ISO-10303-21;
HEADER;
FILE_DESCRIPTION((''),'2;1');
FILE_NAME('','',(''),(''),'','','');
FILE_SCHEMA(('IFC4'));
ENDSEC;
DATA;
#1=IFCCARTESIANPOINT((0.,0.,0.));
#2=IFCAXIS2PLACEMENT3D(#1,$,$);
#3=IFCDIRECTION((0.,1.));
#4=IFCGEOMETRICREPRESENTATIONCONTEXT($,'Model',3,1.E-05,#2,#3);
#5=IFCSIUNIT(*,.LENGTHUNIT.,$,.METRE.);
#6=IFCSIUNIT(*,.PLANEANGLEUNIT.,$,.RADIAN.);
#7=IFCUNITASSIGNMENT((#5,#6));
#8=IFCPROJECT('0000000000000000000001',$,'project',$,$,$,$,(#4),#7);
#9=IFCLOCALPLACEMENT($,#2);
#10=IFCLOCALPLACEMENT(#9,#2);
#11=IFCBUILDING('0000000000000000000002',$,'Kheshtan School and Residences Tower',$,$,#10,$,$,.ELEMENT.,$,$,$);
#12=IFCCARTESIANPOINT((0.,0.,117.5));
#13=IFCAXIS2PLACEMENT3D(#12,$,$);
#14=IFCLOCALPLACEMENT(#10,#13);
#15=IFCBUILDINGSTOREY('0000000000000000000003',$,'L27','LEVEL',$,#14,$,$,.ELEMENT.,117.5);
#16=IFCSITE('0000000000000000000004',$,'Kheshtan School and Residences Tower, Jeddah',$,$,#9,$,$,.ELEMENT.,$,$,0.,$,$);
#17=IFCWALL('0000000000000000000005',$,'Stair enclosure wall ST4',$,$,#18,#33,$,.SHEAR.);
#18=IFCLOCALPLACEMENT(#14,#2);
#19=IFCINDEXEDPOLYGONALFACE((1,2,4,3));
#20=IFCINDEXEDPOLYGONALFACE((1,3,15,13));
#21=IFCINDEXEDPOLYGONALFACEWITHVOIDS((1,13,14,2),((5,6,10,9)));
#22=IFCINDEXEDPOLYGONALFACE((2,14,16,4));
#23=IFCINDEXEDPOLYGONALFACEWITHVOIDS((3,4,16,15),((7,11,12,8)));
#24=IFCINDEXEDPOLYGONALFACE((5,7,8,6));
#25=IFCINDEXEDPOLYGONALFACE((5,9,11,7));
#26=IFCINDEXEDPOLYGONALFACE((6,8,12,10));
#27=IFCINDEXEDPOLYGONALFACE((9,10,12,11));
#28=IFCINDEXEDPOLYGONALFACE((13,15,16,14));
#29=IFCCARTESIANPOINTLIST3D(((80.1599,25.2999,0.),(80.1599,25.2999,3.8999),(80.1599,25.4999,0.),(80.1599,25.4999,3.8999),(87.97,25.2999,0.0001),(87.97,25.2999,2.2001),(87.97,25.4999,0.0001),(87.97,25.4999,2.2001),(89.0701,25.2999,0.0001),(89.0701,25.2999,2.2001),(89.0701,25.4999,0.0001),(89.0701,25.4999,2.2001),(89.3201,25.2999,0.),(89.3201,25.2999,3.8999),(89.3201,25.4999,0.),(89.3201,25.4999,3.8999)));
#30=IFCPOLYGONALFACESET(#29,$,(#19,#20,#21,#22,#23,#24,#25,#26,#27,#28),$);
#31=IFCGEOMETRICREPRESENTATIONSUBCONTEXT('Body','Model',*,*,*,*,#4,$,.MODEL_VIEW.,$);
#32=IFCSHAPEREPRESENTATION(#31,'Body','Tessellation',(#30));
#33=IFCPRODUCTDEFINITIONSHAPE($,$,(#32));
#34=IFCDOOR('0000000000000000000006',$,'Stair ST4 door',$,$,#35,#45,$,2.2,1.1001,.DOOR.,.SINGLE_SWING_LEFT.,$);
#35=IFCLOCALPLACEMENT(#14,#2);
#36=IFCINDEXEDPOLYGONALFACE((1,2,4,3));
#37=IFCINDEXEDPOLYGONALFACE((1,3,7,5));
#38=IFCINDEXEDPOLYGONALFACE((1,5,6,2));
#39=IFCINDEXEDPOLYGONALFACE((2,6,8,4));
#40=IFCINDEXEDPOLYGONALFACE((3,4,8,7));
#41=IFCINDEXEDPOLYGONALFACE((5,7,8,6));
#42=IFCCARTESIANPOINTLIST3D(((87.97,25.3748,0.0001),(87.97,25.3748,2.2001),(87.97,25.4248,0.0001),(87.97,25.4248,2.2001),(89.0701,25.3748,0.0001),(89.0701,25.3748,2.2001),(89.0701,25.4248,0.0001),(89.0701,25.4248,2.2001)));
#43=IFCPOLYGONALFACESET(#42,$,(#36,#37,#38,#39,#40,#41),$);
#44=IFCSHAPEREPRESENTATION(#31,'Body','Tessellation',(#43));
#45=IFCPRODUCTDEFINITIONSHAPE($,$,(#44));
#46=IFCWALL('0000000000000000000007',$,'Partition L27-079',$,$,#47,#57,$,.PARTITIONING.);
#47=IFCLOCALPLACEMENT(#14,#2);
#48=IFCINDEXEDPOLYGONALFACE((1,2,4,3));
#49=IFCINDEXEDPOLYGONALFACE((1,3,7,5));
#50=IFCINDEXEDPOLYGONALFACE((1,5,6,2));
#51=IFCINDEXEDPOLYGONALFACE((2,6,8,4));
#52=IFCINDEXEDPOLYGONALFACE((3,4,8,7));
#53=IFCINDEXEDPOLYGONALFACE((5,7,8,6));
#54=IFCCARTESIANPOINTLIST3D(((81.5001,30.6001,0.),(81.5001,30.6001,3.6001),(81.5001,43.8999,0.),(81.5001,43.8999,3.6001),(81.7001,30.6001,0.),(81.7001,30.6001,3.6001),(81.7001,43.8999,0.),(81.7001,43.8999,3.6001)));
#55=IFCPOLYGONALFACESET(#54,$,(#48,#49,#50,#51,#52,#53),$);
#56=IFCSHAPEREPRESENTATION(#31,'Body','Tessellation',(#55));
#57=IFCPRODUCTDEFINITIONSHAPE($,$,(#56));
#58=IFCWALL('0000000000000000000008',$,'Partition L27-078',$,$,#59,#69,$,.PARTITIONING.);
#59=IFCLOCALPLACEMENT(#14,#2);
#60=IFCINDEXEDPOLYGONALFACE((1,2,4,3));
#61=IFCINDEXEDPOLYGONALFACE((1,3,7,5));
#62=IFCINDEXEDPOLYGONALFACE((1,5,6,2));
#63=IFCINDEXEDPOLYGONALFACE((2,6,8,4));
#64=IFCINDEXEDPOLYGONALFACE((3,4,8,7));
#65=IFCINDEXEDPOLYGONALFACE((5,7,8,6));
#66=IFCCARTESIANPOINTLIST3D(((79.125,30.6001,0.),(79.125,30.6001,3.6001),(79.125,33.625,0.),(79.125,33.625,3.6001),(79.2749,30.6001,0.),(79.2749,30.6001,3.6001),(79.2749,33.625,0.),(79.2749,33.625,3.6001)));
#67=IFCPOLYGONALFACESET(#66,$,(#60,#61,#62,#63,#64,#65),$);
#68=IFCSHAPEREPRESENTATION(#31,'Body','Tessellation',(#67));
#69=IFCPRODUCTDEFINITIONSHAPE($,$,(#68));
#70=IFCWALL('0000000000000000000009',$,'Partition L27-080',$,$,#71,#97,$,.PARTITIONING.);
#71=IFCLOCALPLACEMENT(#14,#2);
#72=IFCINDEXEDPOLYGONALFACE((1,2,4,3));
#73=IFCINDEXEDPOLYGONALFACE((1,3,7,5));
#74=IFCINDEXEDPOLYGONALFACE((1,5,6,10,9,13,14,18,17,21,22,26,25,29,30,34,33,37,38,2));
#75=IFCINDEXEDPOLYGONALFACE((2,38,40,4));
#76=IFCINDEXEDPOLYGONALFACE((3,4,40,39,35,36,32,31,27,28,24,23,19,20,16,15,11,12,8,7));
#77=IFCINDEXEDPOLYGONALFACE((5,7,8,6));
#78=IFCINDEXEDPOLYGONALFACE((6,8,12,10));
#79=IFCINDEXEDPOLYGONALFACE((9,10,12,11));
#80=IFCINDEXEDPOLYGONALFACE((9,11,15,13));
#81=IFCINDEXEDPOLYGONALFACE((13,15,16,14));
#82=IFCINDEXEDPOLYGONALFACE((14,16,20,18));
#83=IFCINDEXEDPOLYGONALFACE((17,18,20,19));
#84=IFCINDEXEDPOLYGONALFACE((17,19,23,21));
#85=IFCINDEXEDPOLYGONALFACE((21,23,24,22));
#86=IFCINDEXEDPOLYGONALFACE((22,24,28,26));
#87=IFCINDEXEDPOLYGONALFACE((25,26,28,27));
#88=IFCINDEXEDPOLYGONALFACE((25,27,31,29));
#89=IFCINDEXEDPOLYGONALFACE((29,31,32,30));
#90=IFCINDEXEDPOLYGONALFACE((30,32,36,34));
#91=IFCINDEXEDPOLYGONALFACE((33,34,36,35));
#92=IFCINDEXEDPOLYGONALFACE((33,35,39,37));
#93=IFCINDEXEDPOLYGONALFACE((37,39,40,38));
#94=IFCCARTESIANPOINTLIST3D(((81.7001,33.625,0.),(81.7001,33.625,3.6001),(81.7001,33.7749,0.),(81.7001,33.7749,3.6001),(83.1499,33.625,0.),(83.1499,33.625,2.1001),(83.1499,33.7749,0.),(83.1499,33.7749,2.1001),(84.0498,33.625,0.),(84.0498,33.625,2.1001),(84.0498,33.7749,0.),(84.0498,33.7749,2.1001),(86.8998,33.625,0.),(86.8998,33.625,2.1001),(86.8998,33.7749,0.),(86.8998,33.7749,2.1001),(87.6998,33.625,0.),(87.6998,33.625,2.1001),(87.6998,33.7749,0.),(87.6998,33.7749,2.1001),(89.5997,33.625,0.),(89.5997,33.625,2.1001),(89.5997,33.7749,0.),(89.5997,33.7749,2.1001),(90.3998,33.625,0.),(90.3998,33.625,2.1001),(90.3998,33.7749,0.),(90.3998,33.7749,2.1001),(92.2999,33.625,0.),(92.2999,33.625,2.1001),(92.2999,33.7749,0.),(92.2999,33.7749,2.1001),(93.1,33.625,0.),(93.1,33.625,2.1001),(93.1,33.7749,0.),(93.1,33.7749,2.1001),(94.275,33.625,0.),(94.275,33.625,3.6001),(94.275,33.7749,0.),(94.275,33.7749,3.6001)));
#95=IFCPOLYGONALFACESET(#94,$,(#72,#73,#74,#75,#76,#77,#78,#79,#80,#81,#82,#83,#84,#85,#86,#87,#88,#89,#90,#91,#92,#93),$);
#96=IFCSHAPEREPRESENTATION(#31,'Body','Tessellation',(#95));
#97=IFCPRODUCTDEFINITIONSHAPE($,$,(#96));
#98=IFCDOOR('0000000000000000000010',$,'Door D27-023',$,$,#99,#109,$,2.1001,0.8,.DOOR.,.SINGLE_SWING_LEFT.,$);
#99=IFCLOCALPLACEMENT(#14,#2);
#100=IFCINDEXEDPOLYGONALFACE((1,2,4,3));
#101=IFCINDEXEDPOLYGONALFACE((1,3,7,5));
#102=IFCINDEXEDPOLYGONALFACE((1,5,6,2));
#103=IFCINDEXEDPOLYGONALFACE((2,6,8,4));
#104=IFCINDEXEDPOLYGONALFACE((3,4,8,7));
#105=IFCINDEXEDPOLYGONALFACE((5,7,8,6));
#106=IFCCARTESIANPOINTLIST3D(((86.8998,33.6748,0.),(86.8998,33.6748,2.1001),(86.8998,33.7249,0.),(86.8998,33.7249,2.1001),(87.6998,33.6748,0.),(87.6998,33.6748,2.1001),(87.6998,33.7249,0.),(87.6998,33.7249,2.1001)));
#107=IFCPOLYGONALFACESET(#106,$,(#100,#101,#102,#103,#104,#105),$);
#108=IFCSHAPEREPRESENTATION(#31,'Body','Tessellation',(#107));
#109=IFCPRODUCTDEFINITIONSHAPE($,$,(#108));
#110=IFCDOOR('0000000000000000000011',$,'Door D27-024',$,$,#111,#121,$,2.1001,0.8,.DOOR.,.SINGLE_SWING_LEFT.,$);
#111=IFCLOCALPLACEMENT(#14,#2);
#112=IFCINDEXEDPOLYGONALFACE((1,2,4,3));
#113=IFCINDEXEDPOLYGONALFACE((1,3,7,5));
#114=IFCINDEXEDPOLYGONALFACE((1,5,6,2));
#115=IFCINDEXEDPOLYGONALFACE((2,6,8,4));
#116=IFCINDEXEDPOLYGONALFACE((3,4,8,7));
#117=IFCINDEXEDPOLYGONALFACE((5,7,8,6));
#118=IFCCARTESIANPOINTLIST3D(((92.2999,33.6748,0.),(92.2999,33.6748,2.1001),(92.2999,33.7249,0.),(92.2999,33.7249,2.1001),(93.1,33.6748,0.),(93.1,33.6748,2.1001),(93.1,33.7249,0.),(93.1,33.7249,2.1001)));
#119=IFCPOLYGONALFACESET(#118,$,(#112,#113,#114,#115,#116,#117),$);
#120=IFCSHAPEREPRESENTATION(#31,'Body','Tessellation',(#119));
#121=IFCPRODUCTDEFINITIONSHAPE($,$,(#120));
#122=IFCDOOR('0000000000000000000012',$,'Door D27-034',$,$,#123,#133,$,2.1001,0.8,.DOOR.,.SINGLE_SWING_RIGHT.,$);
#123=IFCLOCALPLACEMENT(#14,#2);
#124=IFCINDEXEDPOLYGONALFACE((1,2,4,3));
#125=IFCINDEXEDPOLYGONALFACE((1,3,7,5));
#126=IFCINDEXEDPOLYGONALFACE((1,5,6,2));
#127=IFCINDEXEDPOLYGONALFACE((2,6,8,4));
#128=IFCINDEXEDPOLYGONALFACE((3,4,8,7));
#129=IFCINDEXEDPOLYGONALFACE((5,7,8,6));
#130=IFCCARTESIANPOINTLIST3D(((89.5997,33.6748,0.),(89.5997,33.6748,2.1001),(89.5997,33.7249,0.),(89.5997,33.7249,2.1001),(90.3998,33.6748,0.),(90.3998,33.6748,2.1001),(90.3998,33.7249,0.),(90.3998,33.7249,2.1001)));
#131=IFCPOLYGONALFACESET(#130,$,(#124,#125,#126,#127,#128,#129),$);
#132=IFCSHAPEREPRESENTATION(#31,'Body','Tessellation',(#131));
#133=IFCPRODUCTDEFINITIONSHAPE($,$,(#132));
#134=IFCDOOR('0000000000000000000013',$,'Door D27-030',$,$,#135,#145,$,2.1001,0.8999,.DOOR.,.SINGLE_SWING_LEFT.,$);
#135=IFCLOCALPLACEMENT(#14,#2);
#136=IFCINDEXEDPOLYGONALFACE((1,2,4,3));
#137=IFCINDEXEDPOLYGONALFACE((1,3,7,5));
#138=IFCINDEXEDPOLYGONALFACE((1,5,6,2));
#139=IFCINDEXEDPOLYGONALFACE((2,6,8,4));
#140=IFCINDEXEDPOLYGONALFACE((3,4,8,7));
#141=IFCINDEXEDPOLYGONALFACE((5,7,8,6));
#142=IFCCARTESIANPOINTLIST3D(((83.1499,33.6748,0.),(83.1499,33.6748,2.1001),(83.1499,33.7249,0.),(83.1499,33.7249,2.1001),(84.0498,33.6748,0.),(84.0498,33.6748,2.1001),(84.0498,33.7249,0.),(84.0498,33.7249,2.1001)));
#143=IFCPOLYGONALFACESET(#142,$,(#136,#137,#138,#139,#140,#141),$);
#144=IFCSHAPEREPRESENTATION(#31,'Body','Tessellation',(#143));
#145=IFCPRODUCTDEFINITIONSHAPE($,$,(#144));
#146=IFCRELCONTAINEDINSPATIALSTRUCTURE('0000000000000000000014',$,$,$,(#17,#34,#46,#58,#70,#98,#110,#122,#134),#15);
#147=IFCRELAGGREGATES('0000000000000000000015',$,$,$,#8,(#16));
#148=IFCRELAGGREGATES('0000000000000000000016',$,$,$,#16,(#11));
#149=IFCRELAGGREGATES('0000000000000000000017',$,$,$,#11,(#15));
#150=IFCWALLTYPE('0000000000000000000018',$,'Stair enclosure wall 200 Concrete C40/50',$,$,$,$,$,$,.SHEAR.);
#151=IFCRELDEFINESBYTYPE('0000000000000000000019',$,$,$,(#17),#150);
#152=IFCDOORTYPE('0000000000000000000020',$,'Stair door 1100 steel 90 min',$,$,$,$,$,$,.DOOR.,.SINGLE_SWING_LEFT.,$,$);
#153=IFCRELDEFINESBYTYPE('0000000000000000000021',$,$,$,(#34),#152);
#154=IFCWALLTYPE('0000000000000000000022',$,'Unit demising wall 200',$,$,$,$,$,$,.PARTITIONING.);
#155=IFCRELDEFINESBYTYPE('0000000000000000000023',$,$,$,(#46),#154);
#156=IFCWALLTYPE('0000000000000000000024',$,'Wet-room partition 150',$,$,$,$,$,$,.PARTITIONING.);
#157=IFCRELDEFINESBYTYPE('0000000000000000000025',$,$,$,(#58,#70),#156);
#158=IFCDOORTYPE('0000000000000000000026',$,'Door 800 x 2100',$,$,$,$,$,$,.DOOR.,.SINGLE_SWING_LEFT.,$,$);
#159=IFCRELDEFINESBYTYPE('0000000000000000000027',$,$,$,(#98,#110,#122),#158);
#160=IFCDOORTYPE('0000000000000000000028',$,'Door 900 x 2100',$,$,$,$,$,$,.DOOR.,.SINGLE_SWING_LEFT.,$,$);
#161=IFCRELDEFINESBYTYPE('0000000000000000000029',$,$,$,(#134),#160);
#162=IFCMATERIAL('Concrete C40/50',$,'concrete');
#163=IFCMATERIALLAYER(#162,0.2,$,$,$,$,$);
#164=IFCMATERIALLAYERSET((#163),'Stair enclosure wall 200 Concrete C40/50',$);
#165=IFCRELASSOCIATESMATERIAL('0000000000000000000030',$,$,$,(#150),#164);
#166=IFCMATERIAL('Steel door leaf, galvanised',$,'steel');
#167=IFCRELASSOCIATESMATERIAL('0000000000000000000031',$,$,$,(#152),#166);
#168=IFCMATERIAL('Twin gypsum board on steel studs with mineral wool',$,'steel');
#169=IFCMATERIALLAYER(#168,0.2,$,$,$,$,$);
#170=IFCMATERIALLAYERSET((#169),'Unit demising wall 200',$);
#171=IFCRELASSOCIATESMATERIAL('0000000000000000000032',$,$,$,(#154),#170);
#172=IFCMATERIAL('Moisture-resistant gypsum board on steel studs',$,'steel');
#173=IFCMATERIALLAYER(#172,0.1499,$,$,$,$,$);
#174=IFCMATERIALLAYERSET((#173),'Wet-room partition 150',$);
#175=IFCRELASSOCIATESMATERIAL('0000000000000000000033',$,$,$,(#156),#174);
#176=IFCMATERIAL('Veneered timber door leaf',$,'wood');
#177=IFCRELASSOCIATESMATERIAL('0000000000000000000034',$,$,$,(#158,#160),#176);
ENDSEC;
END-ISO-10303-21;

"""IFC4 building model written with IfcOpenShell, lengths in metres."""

from ifc_helpers import new_model, si_unit, direction, frame, frame_2d, origin, place, context, subcontext, project, spatial, rectangle, extrude, source, transform, mapped, material, layer, layer_set, type_object, element, fill, save


model = new_model("IFC4")

# Units and contexts
model_context = context("Model", 3, precision=1e-05, world=origin(), true_north=direction((0.0, 1.0)))
body_context = subcontext(model_context, "Body", "Model", "MODEL_VIEW")
ifc_project = project(units=[si_unit("LENGTHUNIT", "METRE"), si_unit("PLANEANGLEUNIT", "RADIAN")], contexts=[model_context])

# Site, building, storey
site_placement = place(None, origin())
site = spatial("IfcSite", under=ifc_project, at=site_placement, Name="Kheshtan School and Residences Tower, Jeddah", CompositionType="ELEMENT", RefElevation=0.0)
building_placement = place(site_placement, origin())
building = spatial("IfcBuilding", under=site, at=building_placement, Name="Kheshtan School and Residences Tower", CompositionType="ELEMENT")
storey_placement = place(building_placement, frame((0.0, 0.0, 117.5)))
storey = spatial("IfcBuildingStorey", under=building, at=storey_placement, Name="L27", Description="LEVEL", CompositionType="ELEMENT", Elevation=117.5)

# Shared definitions
ifc_material_1 = material(Name="Steel door leaf, galvanised", Category="steel")

# Wall, opening, door
ifc_material_2 = material(Name="Concrete C40/50", Category="concrete")
ifc_layer_1 = layer(ifc_material_2, 0.2)
ifc_layer_set_1 = layer_set([ifc_layer_1], Name="Stair enclosure wall 200 Concrete C40/50")
wall_type_1 = type_object("IfcWallType", Name="Stair enclosure wall 200 Concrete C40/50", PredefinedType="SHEAR", material=ifc_layer_set_1)
wall_1_placement = place(storey_placement, frame((80.1599, 25.3999, 0.0), z_axis=(0.0, 0.0, 1.0), x_axis=(1.0, 0.0, 0.0)))
wall_1 = element("IfcWall", 1, at=wall_1_placement, inside=storey, type_object=wall_type_1, Name="Stair enclosure wall ST4", PredefinedType="SHEAR", context=body_context, shape_type="SweptSolid", body=[
    extrude(rectangle(XDim=9.1602, YDim=0.2, at=frame_2d((4.5801, 0.0))), origin(), (0.0, 0.0, 1.0), 3.8999),
])
opening_1_placement = place(wall_1_placement, frame((7.8101, 0.0, 0.0)))
opening_1 = element("IfcOpeningElement", 2, at=opening_1_placement, cuts=wall_1, PredefinedType="OPENING", context=body_context, shape_type="SweptSolid", body=[
    extrude(rectangle(XDim=1.1001, YDim=2.2, at=frame_2d((0.55, 1.1001))), frame((0.0, 0.1099, 0.0), z_axis=(0.0, -1.0, 0.0), x_axis=(1.0, 0.0, 0.0)), (0.0, 0.0, 1.0), 0.22),
])
door_type_1 = type_object("IfcDoorType", Name="Stair door 1100 steel 90 min", OperationType="SINGLE_SWING_LEFT", PredefinedType="DOOR", material=ifc_material_1)
shared_shape_1 = source(origin(), body_context, "Body", "SweptSolid", [
    extrude(rectangle(XDim=1.1001, YDim=2.2, at=frame_2d((0.55, 1.1001))), frame((0.0, 0.0249, 0.0), z_axis=(0.0, -1.0, 0.0), x_axis=(1.0, 0.0, 0.0)), (0.0, 0.0, 1.0), 0.05),
])
door_1_placement = place(opening_1_placement, origin())
door_1 = element("IfcDoor", 3, at=door_1_placement, inside=storey, type_object=door_type_1, Name="Stair ST4 door", OperationType="SINGLE_SWING_LEFT", OverallHeight=2.2, OverallWidth=1.1001, PredefinedType="DOOR", context=body_context, shape_type="MappedRepresentation", body=[
    mapped(shared_shape_1, transform((0.0, 0.0, 0.0), x_axis=(1.0, 0.0, 0.0), y_axis=(0.0, 1.0, 0.0), z_axis=(0.0, 0.0, 1.0), scale=1.0)),
])
fill(opening_1, door_1)

# Walls
ifc_material_3 = material(Name="Twin gypsum board on steel studs with mineral wool", Category="steel")
ifc_layer_2 = layer(ifc_material_3, 0.2)
ifc_layer_set_2 = layer_set([ifc_layer_2], Name="Unit demising wall 200")
wall_type_2 = type_object("IfcWallType", Name="Unit demising wall 200", PredefinedType="PARTITIONING", material=ifc_layer_set_2)
wall_2_placement = place(storey_placement, frame((81.6001, 30.6001, 0.0), z_axis=(0.0, 0.0, 1.0), x_axis=(0.0, 1.0, 0.0)))
element("IfcWall", 4, at=wall_2_placement, inside=storey, type_object=wall_type_2, Name="Partition L27-079", PredefinedType="PARTITIONING", context=body_context, shape_type="SweptSolid", body=[
    extrude(rectangle(XDim=13.2998, YDim=0.2, at=frame_2d((6.6499, 0.0))), origin(), (0.0, 0.0, 1.0), 3.6001),
])
ifc_material_4 = material(Name="Moisture-resistant gypsum board on steel studs", Category="steel")
ifc_layer_3 = layer(ifc_material_4, 0.1499)
ifc_layer_set_3 = layer_set([ifc_layer_3], Name="Wet-room partition 150")
wall_type_3 = type_object("IfcWallType", Name="Wet-room partition 150", PredefinedType="PARTITIONING", material=ifc_layer_set_3)
wall_3_placement = place(storey_placement, frame((79.2, 30.6001, 0.0), z_axis=(0.0, 0.0, 1.0), x_axis=(0.0, 1.0, 0.0)))
element("IfcWall", 5, at=wall_3_placement, inside=storey, type_object=wall_type_3, Name="Partition L27-078", PredefinedType="PARTITIONING", context=body_context, shape_type="SweptSolid", body=[
    extrude(rectangle(XDim=3.0249, YDim=0.1499, at=frame_2d((1.5125, 0.0))), origin(), (0.0, 0.0, 1.0), 3.6001),
])

# Wall, openings, doors
wall_4_placement = place(storey_placement, frame((81.7, 33.7, 0.0), z_axis=(0.0, 0.0, 1.0), x_axis=(1.0, 0.0, 0.0)))
wall_4 = element("IfcWall", 6, at=wall_4_placement, inside=storey, type_object=wall_type_3, Name="Partition L27-080", PredefinedType="PARTITIONING", context=body_context, shape_type="SweptSolid", body=[
    extrude(rectangle(XDim=12.575, YDim=0.1499, at=frame_2d((6.2876, 0.0))), origin(), (0.0, 0.0, 1.0), 3.6001),
])
opening_2_placement = place(wall_4_placement, frame((5.2, 0.0, 0.0)))
opening_2 = element("IfcOpeningElement", 7, at=opening_2_placement, cuts=wall_4, PredefinedType="OPENING", context=body_context, shape_type="SweptSolid", body=[
    extrude(rectangle(XDim=0.8, YDim=2.1001, at=frame_2d((0.3999, 1.05))), frame((0.0, 0.085, 0.0), z_axis=(0.0, -1.0, 0.0), x_axis=(1.0, 0.0, 0.0)), (0.0, 0.0, 1.0), 0.1699),
])
opening_3_placement = place(wall_4_placement, frame((10.6001, 0.0, 0.0)))
opening_3 = element("IfcOpeningElement", 8, at=opening_3_placement, cuts=wall_4, PredefinedType="OPENING", context=body_context, shape_type="SweptSolid", body=[
    extrude(rectangle(XDim=0.8, YDim=2.1001, at=frame_2d((0.3999, 1.05))), frame((0.0, 0.085, 0.0), z_axis=(0.0, -1.0, 0.0), x_axis=(1.0, 0.0, 0.0)), (0.0, 0.0, 1.0), 0.1699),
])
opening_4_placement = place(wall_4_placement, frame((1.45, 0.0, 0.0)))
opening_4 = element("IfcOpeningElement", 9, at=opening_4_placement, cuts=wall_4, PredefinedType="OPENING", context=body_context, shape_type="SweptSolid", body=[
    extrude(rectangle(XDim=0.8999, YDim=2.1001, at=frame_2d((0.45, 1.05))), frame((0.0, 0.085, 0.0), z_axis=(0.0, -1.0, 0.0), x_axis=(1.0, 0.0, 0.0)), (0.0, 0.0, 1.0), 0.1699),
])
opening_5_placement = place(wall_4_placement, frame((7.8999, 0.0, 0.0)))
opening_5 = element("IfcOpeningElement", 10, at=opening_5_placement, cuts=wall_4, PredefinedType="OPENING", context=body_context, shape_type="SweptSolid", body=[
    extrude(rectangle(XDim=0.8, YDim=2.1001, at=frame_2d((0.3999, 1.05))), frame((0.0, 0.085, 0.0), z_axis=(0.0, -1.0, 0.0), x_axis=(1.0, 0.0, 0.0)), (0.0, 0.0, 1.0), 0.1699),
])
ifc_material_5 = material(Name="Veneered timber door leaf", Category="wood")
door_type_2 = type_object("IfcDoorType", Name="Door 800 x 2100", OperationType="SINGLE_SWING_LEFT", PredefinedType="DOOR", material=ifc_material_5)
shared_shape_2 = source(origin(), body_context, "Body", "SweptSolid", [
    extrude(rectangle(XDim=0.8, YDim=2.1001, at=frame_2d((0.3999, 1.05))), frame((0.0, 0.0249, 0.0), z_axis=(0.0, -1.0, 0.0), x_axis=(1.0, 0.0, 0.0)), (0.0, 0.0, 1.0), 0.05),
])
door_2_placement = place(opening_2_placement, origin())
door_2 = element("IfcDoor", 11, at=door_2_placement, inside=storey, type_object=door_type_2, Name="Door D27-023", OperationType="SINGLE_SWING_LEFT", OverallHeight=2.1001, OverallWidth=0.8, PredefinedType="DOOR", context=body_context, shape_type="MappedRepresentation", body=[
    mapped(shared_shape_2, transform((0.0, 0.0, 0.0), x_axis=(1.0, 0.0, 0.0), y_axis=(0.0, 1.0, 0.0), z_axis=(0.0, 0.0, 1.0), scale=1.0)),
])
fill(opening_2, door_2)
door_3_placement = place(opening_3_placement, origin())
door_3 = element("IfcDoor", 12, at=door_3_placement, inside=storey, type_object=door_type_2, Name="Door D27-024", OperationType="SINGLE_SWING_LEFT", OverallHeight=2.1001, OverallWidth=0.8, PredefinedType="DOOR", context=body_context, shape_type="MappedRepresentation", body=[
    mapped(shared_shape_2, transform((0.0, 0.0, 0.0), x_axis=(1.0, 0.0, 0.0), y_axis=(0.0, 1.0, 0.0), z_axis=(0.0, 0.0, 1.0), scale=1.0)),
])
fill(opening_3, door_3)
door_4_placement = place(opening_5_placement, origin())
door_4 = element("IfcDoor", 13, at=door_4_placement, inside=storey, type_object=door_type_2, Name="Door D27-034", OperationType="SINGLE_SWING_RIGHT", OverallHeight=2.1001, OverallWidth=0.8, PredefinedType="DOOR", context=body_context, shape_type="MappedRepresentation", body=[
    mapped(shared_shape_2, transform((0.0, 0.0, 0.0), x_axis=(1.0, 0.0, 0.0), y_axis=(0.0, 1.0, 0.0), z_axis=(0.0, 0.0, 1.0), scale=1.0)),
])
fill(opening_5, door_4)
door_type_3 = type_object("IfcDoorType", Name="Door 900 x 2100", OperationType="SINGLE_SWING_LEFT", PredefinedType="DOOR", material=ifc_material_5)
shared_shape_3 = source(origin(), body_context, "Body", "SweptSolid", [
    extrude(rectangle(XDim=0.8999, YDim=2.1001, at=frame_2d((0.45, 1.05))), frame((0.0, 0.0249, 0.0), z_axis=(0.0, -1.0, 0.0), x_axis=(1.0, 0.0, 0.0)), (0.0, 0.0, 1.0), 0.05),
])
door_5_placement = place(opening_4_placement, origin())
door_5 = element("IfcDoor", 14, at=door_5_placement, inside=storey, type_object=door_type_3, Name="Door D27-030", OperationType="SINGLE_SWING_LEFT", OverallHeight=2.1001, OverallWidth=0.8999, PredefinedType="DOOR", context=body_context, shape_type="MappedRepresentation", body=[
    mapped(shared_shape_3, transform((0.0, 0.0, 0.0), x_axis=(1.0, 0.0, 0.0), y_axis=(0.0, 1.0, 0.0), z_axis=(0.0, 0.0, 1.0), scale=1.0)),
])
fill(opening_4, door_5)

save(model, "model.ifc")
